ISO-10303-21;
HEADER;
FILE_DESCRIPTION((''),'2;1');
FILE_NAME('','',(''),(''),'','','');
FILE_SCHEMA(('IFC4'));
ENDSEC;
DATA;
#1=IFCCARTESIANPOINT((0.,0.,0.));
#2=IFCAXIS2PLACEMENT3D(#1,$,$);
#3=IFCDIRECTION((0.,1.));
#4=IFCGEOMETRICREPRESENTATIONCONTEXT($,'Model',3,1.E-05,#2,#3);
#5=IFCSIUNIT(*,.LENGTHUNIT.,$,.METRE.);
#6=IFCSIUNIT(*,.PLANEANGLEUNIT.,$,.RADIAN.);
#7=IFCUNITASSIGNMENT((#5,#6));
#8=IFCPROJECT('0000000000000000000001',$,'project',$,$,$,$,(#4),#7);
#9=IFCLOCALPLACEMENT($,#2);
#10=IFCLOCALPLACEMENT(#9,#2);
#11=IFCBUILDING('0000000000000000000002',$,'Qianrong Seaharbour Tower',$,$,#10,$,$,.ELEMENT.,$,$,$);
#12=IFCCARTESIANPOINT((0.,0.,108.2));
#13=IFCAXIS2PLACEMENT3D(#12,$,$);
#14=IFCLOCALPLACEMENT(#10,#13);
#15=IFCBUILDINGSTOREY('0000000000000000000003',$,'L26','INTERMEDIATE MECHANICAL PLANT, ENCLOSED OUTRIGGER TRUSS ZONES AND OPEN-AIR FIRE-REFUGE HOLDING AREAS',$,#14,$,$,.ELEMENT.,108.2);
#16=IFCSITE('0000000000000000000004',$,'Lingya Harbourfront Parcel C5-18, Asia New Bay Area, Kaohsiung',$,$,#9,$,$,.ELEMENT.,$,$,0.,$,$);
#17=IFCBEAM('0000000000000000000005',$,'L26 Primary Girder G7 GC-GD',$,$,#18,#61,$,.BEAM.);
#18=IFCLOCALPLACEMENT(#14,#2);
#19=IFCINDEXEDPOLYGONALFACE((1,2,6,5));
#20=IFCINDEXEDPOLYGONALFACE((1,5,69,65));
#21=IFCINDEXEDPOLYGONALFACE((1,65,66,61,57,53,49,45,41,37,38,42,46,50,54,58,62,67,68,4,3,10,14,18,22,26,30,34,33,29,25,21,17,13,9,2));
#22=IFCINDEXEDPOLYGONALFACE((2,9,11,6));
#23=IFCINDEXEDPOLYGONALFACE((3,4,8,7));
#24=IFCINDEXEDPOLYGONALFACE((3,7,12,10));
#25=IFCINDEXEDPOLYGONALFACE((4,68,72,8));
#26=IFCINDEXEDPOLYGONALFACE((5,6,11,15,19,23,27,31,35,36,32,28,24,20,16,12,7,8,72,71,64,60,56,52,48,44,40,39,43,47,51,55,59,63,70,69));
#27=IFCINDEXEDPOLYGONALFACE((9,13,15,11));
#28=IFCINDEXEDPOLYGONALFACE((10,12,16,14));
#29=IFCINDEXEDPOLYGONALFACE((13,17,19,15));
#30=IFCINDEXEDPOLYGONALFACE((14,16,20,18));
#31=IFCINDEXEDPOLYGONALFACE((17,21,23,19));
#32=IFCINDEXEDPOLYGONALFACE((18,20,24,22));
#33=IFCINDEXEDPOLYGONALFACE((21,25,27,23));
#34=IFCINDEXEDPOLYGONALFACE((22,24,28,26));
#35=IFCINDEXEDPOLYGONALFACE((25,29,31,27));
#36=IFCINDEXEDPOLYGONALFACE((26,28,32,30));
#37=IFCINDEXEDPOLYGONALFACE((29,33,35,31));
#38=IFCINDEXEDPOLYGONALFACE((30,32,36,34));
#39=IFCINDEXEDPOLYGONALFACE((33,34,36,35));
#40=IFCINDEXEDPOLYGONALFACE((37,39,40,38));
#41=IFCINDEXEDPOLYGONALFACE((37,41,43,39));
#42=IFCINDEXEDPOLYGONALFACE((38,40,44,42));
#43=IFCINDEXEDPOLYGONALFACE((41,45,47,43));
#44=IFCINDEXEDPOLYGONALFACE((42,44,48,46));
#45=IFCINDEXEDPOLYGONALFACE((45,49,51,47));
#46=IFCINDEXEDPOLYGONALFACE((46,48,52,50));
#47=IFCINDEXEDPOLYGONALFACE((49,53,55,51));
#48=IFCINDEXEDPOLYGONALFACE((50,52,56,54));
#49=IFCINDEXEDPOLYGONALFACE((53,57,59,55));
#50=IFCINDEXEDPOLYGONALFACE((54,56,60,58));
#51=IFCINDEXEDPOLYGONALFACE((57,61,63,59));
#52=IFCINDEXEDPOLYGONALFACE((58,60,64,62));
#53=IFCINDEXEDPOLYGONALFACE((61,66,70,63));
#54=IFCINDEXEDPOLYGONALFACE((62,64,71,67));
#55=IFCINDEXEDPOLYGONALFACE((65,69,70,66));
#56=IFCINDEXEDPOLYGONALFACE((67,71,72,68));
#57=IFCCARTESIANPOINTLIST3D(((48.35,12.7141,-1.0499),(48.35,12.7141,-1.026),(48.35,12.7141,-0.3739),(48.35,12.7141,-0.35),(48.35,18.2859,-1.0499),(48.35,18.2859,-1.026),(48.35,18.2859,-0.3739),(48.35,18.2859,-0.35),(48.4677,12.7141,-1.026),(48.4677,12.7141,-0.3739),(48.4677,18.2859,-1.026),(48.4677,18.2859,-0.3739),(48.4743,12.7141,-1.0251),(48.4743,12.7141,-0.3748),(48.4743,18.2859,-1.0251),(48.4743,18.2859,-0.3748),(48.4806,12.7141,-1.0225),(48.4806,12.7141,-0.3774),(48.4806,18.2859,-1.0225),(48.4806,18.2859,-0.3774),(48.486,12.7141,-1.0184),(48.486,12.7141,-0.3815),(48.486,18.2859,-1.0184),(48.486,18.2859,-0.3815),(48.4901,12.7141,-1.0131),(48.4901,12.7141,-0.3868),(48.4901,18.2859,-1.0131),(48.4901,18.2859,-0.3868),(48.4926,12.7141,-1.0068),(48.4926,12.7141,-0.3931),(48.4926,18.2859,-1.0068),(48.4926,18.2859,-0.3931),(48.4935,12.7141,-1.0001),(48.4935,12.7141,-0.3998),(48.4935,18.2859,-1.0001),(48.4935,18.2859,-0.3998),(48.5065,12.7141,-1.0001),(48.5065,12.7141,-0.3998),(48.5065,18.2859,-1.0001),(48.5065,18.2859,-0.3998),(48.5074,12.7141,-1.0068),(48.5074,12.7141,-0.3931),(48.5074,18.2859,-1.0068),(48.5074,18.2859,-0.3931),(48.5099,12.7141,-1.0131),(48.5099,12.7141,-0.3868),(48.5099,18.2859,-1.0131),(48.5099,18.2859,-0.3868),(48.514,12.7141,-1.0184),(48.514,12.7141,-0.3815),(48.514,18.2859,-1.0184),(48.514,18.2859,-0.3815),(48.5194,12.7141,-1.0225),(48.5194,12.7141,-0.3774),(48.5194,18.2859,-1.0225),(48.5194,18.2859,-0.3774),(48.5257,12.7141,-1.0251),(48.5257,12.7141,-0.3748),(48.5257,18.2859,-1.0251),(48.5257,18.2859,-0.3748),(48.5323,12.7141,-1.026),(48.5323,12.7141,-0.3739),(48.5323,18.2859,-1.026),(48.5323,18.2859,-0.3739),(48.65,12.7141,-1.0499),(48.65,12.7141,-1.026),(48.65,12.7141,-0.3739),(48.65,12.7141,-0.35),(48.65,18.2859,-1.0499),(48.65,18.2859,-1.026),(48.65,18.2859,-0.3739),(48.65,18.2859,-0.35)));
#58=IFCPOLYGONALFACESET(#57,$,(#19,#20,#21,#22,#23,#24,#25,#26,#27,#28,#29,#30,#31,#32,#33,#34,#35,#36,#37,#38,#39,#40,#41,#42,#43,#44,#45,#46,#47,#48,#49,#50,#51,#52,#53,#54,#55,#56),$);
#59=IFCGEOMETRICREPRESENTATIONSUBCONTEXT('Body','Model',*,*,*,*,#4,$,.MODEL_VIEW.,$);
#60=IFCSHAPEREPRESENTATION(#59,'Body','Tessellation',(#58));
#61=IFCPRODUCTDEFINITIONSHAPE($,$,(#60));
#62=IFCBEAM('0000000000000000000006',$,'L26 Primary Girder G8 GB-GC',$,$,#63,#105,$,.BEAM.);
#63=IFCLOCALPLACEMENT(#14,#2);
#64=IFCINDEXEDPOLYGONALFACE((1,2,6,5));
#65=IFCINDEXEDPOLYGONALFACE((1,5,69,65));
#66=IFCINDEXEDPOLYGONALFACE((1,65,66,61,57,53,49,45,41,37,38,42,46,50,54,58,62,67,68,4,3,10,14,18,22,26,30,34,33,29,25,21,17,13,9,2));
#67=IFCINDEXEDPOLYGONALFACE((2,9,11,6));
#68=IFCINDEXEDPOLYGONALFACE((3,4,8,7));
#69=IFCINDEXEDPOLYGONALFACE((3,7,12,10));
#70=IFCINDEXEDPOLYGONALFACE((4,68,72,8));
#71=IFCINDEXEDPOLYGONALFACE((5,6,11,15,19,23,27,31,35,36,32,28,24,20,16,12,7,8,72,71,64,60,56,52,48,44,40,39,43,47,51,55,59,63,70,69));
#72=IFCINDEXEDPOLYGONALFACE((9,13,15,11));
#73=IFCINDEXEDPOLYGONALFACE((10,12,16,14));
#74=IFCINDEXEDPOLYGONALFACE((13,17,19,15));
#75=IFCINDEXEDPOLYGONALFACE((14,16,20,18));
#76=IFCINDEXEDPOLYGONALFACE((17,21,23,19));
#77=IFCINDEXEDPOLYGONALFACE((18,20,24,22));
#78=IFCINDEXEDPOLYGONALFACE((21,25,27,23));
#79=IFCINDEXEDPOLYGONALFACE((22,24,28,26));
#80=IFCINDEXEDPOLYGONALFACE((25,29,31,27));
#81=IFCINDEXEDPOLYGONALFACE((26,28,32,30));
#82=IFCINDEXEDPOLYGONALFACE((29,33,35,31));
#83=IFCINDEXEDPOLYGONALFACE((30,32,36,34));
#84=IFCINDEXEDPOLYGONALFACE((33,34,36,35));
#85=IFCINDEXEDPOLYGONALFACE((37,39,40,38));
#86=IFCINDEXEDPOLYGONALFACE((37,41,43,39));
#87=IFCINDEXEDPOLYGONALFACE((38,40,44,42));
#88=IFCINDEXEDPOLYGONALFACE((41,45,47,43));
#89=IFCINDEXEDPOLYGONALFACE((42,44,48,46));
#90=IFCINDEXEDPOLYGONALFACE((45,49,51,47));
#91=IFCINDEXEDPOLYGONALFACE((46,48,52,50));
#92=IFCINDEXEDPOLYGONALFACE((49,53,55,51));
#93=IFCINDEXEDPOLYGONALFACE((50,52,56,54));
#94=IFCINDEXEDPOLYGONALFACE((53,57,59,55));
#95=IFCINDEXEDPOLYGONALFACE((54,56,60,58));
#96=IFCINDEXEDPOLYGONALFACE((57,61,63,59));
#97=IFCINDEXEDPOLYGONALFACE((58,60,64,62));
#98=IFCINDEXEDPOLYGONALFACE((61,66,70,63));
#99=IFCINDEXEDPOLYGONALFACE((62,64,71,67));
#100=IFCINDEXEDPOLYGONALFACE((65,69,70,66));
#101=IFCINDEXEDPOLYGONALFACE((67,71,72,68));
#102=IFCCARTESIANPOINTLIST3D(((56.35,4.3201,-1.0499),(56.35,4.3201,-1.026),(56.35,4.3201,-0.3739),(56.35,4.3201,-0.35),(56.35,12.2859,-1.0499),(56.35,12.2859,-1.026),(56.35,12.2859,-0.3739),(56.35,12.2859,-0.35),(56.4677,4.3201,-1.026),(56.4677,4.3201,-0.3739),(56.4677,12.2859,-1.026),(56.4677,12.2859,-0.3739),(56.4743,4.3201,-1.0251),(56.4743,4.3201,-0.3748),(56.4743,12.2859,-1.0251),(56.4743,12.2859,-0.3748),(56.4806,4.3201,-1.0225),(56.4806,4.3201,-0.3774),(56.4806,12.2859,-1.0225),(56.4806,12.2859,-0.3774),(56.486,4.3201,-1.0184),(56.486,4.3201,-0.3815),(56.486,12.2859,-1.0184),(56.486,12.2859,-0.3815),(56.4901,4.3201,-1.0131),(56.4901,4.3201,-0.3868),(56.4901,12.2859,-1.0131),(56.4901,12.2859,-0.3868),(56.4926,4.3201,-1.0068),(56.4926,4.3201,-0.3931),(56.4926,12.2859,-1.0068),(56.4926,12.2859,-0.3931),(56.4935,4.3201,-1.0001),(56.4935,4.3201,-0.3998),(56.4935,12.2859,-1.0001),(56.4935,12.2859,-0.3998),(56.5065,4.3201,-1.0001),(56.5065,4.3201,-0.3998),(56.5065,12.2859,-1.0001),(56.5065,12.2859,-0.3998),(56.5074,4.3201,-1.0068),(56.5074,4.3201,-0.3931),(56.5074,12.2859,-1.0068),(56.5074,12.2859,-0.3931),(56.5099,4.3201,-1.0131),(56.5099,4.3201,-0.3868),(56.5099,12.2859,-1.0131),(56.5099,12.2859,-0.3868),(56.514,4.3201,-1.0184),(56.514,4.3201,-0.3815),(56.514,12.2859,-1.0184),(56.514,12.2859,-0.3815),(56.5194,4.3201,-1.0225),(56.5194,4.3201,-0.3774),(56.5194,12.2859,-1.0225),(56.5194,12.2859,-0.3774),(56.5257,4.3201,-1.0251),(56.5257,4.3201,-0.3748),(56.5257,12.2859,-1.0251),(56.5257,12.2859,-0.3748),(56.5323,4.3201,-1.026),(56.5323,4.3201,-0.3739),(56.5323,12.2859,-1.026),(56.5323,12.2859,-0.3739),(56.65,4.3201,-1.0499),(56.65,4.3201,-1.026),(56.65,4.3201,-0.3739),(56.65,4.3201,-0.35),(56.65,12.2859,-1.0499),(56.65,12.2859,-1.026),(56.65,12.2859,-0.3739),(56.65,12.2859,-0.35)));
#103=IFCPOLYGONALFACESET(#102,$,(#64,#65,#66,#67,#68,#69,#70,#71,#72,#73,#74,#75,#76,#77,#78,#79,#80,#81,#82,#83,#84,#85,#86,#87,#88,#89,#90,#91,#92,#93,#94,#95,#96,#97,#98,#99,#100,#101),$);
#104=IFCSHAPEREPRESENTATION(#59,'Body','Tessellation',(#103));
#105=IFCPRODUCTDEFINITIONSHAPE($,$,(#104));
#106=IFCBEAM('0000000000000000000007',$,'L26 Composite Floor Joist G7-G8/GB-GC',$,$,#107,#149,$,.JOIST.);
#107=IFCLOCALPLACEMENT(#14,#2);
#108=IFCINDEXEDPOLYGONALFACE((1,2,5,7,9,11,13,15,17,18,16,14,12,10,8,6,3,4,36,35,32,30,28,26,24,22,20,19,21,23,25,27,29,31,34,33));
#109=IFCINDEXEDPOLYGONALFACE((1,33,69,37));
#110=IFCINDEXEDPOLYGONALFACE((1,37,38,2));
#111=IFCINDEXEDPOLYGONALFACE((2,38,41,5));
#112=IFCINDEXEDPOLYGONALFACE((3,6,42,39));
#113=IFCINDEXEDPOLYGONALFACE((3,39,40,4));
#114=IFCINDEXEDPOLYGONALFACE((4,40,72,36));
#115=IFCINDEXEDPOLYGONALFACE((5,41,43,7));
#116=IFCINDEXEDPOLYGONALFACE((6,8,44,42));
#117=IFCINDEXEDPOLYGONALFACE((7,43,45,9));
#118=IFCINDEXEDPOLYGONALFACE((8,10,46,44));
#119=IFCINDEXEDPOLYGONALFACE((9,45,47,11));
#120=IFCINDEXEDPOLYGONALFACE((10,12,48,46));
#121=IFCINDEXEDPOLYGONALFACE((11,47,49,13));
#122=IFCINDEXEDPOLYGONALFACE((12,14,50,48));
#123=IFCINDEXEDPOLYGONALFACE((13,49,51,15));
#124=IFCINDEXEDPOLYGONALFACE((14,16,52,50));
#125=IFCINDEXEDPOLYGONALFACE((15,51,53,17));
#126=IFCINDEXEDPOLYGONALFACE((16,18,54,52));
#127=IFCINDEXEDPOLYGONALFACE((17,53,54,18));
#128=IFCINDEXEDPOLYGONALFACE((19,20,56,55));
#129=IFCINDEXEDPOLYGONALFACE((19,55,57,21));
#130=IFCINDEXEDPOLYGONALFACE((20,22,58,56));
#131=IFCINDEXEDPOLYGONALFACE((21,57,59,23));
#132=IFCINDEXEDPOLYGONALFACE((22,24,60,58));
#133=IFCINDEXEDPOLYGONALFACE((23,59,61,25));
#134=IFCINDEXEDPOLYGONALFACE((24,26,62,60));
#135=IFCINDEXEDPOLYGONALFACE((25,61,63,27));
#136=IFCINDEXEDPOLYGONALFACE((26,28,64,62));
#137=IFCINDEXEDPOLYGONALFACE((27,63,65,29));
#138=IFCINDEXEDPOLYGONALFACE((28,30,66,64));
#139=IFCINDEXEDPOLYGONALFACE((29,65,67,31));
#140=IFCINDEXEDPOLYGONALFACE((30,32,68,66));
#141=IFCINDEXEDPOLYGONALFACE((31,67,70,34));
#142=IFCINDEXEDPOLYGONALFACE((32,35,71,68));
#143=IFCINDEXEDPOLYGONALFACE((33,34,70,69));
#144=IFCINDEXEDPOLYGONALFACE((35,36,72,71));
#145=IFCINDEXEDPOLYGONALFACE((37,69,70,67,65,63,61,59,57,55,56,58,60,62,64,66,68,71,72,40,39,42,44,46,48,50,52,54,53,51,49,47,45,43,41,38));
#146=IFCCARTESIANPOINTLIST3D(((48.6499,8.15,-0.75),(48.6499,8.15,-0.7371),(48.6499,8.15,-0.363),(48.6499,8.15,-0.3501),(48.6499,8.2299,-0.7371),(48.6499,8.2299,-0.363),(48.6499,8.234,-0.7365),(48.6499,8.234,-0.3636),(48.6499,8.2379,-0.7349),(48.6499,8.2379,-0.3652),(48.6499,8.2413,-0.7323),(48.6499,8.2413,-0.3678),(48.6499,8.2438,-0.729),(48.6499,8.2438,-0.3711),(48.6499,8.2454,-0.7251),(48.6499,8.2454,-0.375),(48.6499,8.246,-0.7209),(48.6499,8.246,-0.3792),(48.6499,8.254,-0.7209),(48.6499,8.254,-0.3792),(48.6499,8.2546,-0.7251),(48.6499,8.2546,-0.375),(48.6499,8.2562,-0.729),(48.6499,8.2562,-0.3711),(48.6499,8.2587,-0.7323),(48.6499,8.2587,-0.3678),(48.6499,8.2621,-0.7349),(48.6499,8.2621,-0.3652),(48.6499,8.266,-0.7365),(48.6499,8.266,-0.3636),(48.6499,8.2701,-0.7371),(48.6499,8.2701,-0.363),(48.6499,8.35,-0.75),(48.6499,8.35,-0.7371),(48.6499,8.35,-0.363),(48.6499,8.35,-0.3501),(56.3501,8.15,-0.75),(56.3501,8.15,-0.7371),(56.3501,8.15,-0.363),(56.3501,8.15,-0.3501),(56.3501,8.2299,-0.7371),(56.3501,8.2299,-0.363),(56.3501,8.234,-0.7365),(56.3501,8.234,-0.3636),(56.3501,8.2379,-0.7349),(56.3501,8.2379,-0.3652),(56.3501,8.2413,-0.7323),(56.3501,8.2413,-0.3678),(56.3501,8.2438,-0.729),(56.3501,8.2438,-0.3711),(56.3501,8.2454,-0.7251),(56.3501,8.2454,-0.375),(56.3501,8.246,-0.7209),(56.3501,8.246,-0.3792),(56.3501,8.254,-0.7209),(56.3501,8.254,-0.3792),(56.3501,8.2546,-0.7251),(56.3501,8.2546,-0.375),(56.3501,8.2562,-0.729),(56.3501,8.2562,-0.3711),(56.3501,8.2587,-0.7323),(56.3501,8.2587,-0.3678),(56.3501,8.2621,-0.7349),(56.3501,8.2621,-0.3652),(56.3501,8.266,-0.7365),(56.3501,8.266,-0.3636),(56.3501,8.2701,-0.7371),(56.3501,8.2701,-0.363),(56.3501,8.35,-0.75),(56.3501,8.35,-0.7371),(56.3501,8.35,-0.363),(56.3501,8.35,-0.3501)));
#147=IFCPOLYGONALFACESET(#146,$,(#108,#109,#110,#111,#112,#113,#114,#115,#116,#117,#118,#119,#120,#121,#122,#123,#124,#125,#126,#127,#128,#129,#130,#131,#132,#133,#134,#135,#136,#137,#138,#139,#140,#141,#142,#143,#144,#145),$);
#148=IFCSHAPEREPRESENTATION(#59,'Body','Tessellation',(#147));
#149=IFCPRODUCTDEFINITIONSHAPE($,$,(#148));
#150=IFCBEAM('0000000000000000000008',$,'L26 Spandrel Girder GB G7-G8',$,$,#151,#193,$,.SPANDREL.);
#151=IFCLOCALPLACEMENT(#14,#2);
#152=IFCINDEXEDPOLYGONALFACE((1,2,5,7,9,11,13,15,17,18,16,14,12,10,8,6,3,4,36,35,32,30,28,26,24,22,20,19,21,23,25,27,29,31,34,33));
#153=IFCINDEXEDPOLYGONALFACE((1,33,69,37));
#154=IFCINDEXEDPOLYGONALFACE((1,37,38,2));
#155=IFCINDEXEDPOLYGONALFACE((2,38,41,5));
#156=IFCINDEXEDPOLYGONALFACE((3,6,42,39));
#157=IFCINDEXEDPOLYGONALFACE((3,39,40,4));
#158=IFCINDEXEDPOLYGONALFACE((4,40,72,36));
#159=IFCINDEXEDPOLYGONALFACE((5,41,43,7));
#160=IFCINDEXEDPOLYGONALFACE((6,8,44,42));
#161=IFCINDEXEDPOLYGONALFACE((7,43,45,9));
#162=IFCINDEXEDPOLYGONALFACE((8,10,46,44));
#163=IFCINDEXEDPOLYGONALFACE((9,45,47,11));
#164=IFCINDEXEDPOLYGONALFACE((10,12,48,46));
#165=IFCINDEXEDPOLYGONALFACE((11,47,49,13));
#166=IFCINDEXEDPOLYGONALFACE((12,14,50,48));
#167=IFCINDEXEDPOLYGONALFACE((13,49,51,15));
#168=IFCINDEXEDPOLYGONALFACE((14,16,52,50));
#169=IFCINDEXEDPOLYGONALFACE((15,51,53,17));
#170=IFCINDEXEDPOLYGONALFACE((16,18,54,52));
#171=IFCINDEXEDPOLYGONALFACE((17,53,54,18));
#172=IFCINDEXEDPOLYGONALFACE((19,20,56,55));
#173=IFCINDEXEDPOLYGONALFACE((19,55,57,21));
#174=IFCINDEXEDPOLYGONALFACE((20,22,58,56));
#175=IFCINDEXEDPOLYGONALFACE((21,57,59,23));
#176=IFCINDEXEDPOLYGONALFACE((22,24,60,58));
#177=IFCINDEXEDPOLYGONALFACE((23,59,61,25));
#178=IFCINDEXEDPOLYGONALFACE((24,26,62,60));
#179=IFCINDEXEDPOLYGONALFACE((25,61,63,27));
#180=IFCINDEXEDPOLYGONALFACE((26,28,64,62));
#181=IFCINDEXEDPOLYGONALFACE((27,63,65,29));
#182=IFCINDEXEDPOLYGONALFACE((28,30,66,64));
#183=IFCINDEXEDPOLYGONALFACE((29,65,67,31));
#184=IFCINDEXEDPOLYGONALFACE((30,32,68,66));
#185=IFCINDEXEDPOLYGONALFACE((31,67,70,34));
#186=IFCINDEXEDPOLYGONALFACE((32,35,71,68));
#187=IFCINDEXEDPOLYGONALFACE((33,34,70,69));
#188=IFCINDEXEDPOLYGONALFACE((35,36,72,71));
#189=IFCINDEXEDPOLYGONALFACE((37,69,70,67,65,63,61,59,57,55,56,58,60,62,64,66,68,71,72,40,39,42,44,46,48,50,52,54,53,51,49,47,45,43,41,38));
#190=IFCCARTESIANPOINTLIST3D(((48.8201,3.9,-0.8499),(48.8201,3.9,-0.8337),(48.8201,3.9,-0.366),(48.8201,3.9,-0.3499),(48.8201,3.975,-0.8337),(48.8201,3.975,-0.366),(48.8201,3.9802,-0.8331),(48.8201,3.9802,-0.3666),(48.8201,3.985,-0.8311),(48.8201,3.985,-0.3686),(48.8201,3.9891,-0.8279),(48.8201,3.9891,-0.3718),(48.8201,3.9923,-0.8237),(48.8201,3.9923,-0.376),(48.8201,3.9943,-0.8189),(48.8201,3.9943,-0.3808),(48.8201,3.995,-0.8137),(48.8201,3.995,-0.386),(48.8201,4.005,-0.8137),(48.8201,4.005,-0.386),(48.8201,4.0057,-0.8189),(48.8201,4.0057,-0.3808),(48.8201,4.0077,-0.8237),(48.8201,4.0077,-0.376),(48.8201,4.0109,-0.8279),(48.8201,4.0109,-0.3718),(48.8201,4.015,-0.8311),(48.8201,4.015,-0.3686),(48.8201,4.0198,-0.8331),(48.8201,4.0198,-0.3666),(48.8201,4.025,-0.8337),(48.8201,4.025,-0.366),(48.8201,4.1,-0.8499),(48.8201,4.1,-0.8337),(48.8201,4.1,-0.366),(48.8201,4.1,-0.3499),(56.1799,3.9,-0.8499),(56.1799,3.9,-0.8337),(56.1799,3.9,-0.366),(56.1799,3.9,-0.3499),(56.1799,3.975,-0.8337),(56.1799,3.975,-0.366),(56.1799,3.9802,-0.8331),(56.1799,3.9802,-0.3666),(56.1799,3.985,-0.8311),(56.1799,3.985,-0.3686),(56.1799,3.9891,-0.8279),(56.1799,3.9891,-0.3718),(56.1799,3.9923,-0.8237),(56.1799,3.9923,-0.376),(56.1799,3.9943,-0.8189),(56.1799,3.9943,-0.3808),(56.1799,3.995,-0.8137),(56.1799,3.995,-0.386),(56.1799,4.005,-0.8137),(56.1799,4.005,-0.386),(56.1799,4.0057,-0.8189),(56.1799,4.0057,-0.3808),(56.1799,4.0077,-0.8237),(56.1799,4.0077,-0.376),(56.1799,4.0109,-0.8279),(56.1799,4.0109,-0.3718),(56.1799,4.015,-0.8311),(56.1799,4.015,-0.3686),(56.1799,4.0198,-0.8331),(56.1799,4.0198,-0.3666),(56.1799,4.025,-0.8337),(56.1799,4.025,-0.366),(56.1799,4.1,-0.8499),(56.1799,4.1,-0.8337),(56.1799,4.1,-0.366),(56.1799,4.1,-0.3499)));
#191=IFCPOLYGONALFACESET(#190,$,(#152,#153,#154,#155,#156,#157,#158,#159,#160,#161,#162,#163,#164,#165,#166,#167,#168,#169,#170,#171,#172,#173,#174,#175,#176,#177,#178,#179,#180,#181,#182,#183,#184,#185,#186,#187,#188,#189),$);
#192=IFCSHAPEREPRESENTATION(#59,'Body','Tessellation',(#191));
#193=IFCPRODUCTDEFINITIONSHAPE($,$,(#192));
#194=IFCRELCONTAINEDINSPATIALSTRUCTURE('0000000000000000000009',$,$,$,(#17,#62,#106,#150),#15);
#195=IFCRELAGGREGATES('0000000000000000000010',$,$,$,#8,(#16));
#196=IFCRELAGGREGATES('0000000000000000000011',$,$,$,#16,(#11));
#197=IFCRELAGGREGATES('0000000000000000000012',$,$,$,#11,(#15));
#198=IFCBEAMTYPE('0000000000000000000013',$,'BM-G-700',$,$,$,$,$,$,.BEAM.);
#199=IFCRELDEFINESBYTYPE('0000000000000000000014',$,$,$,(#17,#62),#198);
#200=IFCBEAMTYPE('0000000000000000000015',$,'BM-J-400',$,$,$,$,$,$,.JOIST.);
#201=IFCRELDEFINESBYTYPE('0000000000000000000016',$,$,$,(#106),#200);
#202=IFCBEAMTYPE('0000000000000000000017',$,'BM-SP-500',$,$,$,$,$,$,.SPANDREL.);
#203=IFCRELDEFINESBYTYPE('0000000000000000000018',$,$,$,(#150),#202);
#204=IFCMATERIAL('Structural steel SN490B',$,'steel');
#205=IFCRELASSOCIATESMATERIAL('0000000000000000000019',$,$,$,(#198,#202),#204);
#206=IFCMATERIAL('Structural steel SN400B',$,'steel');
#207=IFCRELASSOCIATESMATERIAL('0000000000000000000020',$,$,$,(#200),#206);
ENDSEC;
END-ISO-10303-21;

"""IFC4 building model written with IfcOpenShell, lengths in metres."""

from ifc_helpers import new_model, si_unit, direction, frame, origin, origin_2d, place, context, subcontext, project, spatial, i_section, extrude, material, material_profile, profile_set, type_object, element, save


model = new_model("IFC4")

# Units and contexts
model_context = context("Model", 3, precision=1e-05, world=origin(), true_north=direction((0.0, 1.0)))
body_context = subcontext(model_context, "Body", "Model", "MODEL_VIEW")
ifc_project = project(units=[si_unit("LENGTHUNIT", "METRE"), si_unit("PLANEANGLEUNIT", "RADIAN")], contexts=[model_context])

# Site, building, storey
site_placement = place(None, origin())
site = spatial("IfcSite", under=ifc_project, at=site_placement, Name="Lingya Harbourfront Parcel C5-18, Asia New Bay Area, Kaohsiung", CompositionType="ELEMENT", RefElevation=0.0)
building_placement = place(site_placement, origin())
building = spatial("IfcBuilding", under=site, at=building_placement, Name="Qianrong Seaharbour Tower", CompositionType="ELEMENT")
storey_placement = place(building_placement, frame((0.0, 0.0, 108.2)))
storey = spatial("IfcBuildingStorey", under=building, at=storey_placement, Name="L26", Description="INTERMEDIATE MECHANICAL PLANT, ENCLOSED OUTRIGGER TRUSS ZONES AND OPEN-AIR FIRE-REFUGE HOLDING AREAS", CompositionType="ELEMENT", Elevation=108.2)

# Shared definitions
ifc_material_1 = material(Name="Structural steel SN490B", Category="steel")

# Beams
ifc_material_profile_1 = material_profile(ifc_material_1, i_section(OverallWidth=0.3, OverallDepth=0.7, WebThickness=0.0129, FlangeThickness=0.0239, FilletRadius=0.0259, at=origin_2d()), Name="H700x300x13x24")
ifc_profile_set_1 = profile_set([ifc_material_profile_1], Name="Structural steel SN490B")
beam_type_1 = type_object("IfcBeamType", Name="BM-G-700", PredefinedType="BEAM", material=ifc_profile_set_1)
beam_1_placement = place(storey_placement, frame((48.5, 12.7141, -0.7), z_axis=(0.0, 1.0, 0.0), x_axis=(-1.0, 0.0, 0.0)))
element("IfcBeam", 1, at=beam_1_placement, inside=storey, type_object=beam_type_1, Name="L26 Primary Girder G7 GC-GD", PredefinedType="BEAM", context=body_context, shape_type="SweptSolid", body=[
    extrude(i_section(OverallWidth=0.3, OverallDepth=0.7, WebThickness=0.0129, FlangeThickness=0.0239, FilletRadius=0.0259, at=origin_2d()), origin(), (0.0, 0.0, 1.0), 5.5718),
])
beam_2_placement = place(storey_placement, frame((56.5, 4.3201, -0.7), z_axis=(0.0, 1.0, 0.0), x_axis=(-1.0, 0.0, 0.0)))
element("IfcBeam", 2, at=beam_2_placement, inside=storey, type_object=beam_type_1, Name="L26 Primary Girder G8 GB-GC", PredefinedType="BEAM", context=body_context, shape_type="SweptSolid", body=[
    extrude(i_section(OverallWidth=0.3, OverallDepth=0.7, WebThickness=0.0129, FlangeThickness=0.0239, FilletRadius=0.0259, at=origin_2d()), origin(), (0.0, 0.0, 1.0), 7.9658),
])
ifc_material_2 = material(Name="Structural steel SN400B", Category="steel")
ifc_material_profile_2 = material_profile(ifc_material_2, i_section(OverallWidth=0.2, OverallDepth=0.3999, WebThickness=0.0081, FlangeThickness=0.0129, FilletRadius=0.0161, at=origin_2d()), Name="H400x200x8x13")
ifc_profile_set_2 = profile_set([ifc_material_profile_2], Name="Structural steel SN400B")
beam_type_2 = type_object("IfcBeamType", Name="BM-J-400", PredefinedType="JOIST", material=ifc_profile_set_2)
beam_3_placement = place(storey_placement, frame((48.6499, 8.25, -0.55), z_axis=(1.0, 0.0, 0.0), x_axis=(0.0, 1.0, 0.0)))
element("IfcBeam", 3, at=beam_3_placement, inside=storey, type_object=beam_type_2, Name="L26 Composite Floor Joist G7-G8/GB-GC", PredefinedType="JOIST", context=body_context, shape_type="SweptSolid", body=[
    extrude(i_section(OverallWidth=0.2, OverallDepth=0.3999, WebThickness=0.0081, FlangeThickness=0.0129, FilletRadius=0.0161, at=origin_2d()), origin(), (0.0, 0.0, 1.0), 7.7002),
])
ifc_material_profile_3 = material_profile(ifc_material_1, i_section(OverallWidth=0.2, OverallDepth=0.5, WebThickness=0.01, FlangeThickness=0.0161, FilletRadius=0.02, at=origin_2d()), Name="H500x200x10x16")
ifc_profile_set_3 = profile_set([ifc_material_profile_3], Name="Structural steel SN490B")
beam_type_3 = type_object("IfcBeamType", Name="BM-SP-500", PredefinedType="SPANDREL", material=ifc_profile_set_3)
beam_4_placement = place(storey_placement, frame((48.8201, 4.0, -0.5999), z_axis=(1.0, 0.0, 0.0), x_axis=(0.0, 1.0, 0.0)))
element("IfcBeam", 4, at=beam_4_placement, inside=storey, type_object=beam_type_3, Name="L26 Spandrel Girder GB G7-G8", PredefinedType="SPANDREL", context=body_context, shape_type="SweptSolid", body=[
    extrude(i_section(OverallWidth=0.2, OverallDepth=0.5, WebThickness=0.01, FlangeThickness=0.0161, FilletRadius=0.02, at=origin_2d()), origin(), (0.0, 0.0, 1.0), 7.3599),
])

save(model, "model.ifc")
